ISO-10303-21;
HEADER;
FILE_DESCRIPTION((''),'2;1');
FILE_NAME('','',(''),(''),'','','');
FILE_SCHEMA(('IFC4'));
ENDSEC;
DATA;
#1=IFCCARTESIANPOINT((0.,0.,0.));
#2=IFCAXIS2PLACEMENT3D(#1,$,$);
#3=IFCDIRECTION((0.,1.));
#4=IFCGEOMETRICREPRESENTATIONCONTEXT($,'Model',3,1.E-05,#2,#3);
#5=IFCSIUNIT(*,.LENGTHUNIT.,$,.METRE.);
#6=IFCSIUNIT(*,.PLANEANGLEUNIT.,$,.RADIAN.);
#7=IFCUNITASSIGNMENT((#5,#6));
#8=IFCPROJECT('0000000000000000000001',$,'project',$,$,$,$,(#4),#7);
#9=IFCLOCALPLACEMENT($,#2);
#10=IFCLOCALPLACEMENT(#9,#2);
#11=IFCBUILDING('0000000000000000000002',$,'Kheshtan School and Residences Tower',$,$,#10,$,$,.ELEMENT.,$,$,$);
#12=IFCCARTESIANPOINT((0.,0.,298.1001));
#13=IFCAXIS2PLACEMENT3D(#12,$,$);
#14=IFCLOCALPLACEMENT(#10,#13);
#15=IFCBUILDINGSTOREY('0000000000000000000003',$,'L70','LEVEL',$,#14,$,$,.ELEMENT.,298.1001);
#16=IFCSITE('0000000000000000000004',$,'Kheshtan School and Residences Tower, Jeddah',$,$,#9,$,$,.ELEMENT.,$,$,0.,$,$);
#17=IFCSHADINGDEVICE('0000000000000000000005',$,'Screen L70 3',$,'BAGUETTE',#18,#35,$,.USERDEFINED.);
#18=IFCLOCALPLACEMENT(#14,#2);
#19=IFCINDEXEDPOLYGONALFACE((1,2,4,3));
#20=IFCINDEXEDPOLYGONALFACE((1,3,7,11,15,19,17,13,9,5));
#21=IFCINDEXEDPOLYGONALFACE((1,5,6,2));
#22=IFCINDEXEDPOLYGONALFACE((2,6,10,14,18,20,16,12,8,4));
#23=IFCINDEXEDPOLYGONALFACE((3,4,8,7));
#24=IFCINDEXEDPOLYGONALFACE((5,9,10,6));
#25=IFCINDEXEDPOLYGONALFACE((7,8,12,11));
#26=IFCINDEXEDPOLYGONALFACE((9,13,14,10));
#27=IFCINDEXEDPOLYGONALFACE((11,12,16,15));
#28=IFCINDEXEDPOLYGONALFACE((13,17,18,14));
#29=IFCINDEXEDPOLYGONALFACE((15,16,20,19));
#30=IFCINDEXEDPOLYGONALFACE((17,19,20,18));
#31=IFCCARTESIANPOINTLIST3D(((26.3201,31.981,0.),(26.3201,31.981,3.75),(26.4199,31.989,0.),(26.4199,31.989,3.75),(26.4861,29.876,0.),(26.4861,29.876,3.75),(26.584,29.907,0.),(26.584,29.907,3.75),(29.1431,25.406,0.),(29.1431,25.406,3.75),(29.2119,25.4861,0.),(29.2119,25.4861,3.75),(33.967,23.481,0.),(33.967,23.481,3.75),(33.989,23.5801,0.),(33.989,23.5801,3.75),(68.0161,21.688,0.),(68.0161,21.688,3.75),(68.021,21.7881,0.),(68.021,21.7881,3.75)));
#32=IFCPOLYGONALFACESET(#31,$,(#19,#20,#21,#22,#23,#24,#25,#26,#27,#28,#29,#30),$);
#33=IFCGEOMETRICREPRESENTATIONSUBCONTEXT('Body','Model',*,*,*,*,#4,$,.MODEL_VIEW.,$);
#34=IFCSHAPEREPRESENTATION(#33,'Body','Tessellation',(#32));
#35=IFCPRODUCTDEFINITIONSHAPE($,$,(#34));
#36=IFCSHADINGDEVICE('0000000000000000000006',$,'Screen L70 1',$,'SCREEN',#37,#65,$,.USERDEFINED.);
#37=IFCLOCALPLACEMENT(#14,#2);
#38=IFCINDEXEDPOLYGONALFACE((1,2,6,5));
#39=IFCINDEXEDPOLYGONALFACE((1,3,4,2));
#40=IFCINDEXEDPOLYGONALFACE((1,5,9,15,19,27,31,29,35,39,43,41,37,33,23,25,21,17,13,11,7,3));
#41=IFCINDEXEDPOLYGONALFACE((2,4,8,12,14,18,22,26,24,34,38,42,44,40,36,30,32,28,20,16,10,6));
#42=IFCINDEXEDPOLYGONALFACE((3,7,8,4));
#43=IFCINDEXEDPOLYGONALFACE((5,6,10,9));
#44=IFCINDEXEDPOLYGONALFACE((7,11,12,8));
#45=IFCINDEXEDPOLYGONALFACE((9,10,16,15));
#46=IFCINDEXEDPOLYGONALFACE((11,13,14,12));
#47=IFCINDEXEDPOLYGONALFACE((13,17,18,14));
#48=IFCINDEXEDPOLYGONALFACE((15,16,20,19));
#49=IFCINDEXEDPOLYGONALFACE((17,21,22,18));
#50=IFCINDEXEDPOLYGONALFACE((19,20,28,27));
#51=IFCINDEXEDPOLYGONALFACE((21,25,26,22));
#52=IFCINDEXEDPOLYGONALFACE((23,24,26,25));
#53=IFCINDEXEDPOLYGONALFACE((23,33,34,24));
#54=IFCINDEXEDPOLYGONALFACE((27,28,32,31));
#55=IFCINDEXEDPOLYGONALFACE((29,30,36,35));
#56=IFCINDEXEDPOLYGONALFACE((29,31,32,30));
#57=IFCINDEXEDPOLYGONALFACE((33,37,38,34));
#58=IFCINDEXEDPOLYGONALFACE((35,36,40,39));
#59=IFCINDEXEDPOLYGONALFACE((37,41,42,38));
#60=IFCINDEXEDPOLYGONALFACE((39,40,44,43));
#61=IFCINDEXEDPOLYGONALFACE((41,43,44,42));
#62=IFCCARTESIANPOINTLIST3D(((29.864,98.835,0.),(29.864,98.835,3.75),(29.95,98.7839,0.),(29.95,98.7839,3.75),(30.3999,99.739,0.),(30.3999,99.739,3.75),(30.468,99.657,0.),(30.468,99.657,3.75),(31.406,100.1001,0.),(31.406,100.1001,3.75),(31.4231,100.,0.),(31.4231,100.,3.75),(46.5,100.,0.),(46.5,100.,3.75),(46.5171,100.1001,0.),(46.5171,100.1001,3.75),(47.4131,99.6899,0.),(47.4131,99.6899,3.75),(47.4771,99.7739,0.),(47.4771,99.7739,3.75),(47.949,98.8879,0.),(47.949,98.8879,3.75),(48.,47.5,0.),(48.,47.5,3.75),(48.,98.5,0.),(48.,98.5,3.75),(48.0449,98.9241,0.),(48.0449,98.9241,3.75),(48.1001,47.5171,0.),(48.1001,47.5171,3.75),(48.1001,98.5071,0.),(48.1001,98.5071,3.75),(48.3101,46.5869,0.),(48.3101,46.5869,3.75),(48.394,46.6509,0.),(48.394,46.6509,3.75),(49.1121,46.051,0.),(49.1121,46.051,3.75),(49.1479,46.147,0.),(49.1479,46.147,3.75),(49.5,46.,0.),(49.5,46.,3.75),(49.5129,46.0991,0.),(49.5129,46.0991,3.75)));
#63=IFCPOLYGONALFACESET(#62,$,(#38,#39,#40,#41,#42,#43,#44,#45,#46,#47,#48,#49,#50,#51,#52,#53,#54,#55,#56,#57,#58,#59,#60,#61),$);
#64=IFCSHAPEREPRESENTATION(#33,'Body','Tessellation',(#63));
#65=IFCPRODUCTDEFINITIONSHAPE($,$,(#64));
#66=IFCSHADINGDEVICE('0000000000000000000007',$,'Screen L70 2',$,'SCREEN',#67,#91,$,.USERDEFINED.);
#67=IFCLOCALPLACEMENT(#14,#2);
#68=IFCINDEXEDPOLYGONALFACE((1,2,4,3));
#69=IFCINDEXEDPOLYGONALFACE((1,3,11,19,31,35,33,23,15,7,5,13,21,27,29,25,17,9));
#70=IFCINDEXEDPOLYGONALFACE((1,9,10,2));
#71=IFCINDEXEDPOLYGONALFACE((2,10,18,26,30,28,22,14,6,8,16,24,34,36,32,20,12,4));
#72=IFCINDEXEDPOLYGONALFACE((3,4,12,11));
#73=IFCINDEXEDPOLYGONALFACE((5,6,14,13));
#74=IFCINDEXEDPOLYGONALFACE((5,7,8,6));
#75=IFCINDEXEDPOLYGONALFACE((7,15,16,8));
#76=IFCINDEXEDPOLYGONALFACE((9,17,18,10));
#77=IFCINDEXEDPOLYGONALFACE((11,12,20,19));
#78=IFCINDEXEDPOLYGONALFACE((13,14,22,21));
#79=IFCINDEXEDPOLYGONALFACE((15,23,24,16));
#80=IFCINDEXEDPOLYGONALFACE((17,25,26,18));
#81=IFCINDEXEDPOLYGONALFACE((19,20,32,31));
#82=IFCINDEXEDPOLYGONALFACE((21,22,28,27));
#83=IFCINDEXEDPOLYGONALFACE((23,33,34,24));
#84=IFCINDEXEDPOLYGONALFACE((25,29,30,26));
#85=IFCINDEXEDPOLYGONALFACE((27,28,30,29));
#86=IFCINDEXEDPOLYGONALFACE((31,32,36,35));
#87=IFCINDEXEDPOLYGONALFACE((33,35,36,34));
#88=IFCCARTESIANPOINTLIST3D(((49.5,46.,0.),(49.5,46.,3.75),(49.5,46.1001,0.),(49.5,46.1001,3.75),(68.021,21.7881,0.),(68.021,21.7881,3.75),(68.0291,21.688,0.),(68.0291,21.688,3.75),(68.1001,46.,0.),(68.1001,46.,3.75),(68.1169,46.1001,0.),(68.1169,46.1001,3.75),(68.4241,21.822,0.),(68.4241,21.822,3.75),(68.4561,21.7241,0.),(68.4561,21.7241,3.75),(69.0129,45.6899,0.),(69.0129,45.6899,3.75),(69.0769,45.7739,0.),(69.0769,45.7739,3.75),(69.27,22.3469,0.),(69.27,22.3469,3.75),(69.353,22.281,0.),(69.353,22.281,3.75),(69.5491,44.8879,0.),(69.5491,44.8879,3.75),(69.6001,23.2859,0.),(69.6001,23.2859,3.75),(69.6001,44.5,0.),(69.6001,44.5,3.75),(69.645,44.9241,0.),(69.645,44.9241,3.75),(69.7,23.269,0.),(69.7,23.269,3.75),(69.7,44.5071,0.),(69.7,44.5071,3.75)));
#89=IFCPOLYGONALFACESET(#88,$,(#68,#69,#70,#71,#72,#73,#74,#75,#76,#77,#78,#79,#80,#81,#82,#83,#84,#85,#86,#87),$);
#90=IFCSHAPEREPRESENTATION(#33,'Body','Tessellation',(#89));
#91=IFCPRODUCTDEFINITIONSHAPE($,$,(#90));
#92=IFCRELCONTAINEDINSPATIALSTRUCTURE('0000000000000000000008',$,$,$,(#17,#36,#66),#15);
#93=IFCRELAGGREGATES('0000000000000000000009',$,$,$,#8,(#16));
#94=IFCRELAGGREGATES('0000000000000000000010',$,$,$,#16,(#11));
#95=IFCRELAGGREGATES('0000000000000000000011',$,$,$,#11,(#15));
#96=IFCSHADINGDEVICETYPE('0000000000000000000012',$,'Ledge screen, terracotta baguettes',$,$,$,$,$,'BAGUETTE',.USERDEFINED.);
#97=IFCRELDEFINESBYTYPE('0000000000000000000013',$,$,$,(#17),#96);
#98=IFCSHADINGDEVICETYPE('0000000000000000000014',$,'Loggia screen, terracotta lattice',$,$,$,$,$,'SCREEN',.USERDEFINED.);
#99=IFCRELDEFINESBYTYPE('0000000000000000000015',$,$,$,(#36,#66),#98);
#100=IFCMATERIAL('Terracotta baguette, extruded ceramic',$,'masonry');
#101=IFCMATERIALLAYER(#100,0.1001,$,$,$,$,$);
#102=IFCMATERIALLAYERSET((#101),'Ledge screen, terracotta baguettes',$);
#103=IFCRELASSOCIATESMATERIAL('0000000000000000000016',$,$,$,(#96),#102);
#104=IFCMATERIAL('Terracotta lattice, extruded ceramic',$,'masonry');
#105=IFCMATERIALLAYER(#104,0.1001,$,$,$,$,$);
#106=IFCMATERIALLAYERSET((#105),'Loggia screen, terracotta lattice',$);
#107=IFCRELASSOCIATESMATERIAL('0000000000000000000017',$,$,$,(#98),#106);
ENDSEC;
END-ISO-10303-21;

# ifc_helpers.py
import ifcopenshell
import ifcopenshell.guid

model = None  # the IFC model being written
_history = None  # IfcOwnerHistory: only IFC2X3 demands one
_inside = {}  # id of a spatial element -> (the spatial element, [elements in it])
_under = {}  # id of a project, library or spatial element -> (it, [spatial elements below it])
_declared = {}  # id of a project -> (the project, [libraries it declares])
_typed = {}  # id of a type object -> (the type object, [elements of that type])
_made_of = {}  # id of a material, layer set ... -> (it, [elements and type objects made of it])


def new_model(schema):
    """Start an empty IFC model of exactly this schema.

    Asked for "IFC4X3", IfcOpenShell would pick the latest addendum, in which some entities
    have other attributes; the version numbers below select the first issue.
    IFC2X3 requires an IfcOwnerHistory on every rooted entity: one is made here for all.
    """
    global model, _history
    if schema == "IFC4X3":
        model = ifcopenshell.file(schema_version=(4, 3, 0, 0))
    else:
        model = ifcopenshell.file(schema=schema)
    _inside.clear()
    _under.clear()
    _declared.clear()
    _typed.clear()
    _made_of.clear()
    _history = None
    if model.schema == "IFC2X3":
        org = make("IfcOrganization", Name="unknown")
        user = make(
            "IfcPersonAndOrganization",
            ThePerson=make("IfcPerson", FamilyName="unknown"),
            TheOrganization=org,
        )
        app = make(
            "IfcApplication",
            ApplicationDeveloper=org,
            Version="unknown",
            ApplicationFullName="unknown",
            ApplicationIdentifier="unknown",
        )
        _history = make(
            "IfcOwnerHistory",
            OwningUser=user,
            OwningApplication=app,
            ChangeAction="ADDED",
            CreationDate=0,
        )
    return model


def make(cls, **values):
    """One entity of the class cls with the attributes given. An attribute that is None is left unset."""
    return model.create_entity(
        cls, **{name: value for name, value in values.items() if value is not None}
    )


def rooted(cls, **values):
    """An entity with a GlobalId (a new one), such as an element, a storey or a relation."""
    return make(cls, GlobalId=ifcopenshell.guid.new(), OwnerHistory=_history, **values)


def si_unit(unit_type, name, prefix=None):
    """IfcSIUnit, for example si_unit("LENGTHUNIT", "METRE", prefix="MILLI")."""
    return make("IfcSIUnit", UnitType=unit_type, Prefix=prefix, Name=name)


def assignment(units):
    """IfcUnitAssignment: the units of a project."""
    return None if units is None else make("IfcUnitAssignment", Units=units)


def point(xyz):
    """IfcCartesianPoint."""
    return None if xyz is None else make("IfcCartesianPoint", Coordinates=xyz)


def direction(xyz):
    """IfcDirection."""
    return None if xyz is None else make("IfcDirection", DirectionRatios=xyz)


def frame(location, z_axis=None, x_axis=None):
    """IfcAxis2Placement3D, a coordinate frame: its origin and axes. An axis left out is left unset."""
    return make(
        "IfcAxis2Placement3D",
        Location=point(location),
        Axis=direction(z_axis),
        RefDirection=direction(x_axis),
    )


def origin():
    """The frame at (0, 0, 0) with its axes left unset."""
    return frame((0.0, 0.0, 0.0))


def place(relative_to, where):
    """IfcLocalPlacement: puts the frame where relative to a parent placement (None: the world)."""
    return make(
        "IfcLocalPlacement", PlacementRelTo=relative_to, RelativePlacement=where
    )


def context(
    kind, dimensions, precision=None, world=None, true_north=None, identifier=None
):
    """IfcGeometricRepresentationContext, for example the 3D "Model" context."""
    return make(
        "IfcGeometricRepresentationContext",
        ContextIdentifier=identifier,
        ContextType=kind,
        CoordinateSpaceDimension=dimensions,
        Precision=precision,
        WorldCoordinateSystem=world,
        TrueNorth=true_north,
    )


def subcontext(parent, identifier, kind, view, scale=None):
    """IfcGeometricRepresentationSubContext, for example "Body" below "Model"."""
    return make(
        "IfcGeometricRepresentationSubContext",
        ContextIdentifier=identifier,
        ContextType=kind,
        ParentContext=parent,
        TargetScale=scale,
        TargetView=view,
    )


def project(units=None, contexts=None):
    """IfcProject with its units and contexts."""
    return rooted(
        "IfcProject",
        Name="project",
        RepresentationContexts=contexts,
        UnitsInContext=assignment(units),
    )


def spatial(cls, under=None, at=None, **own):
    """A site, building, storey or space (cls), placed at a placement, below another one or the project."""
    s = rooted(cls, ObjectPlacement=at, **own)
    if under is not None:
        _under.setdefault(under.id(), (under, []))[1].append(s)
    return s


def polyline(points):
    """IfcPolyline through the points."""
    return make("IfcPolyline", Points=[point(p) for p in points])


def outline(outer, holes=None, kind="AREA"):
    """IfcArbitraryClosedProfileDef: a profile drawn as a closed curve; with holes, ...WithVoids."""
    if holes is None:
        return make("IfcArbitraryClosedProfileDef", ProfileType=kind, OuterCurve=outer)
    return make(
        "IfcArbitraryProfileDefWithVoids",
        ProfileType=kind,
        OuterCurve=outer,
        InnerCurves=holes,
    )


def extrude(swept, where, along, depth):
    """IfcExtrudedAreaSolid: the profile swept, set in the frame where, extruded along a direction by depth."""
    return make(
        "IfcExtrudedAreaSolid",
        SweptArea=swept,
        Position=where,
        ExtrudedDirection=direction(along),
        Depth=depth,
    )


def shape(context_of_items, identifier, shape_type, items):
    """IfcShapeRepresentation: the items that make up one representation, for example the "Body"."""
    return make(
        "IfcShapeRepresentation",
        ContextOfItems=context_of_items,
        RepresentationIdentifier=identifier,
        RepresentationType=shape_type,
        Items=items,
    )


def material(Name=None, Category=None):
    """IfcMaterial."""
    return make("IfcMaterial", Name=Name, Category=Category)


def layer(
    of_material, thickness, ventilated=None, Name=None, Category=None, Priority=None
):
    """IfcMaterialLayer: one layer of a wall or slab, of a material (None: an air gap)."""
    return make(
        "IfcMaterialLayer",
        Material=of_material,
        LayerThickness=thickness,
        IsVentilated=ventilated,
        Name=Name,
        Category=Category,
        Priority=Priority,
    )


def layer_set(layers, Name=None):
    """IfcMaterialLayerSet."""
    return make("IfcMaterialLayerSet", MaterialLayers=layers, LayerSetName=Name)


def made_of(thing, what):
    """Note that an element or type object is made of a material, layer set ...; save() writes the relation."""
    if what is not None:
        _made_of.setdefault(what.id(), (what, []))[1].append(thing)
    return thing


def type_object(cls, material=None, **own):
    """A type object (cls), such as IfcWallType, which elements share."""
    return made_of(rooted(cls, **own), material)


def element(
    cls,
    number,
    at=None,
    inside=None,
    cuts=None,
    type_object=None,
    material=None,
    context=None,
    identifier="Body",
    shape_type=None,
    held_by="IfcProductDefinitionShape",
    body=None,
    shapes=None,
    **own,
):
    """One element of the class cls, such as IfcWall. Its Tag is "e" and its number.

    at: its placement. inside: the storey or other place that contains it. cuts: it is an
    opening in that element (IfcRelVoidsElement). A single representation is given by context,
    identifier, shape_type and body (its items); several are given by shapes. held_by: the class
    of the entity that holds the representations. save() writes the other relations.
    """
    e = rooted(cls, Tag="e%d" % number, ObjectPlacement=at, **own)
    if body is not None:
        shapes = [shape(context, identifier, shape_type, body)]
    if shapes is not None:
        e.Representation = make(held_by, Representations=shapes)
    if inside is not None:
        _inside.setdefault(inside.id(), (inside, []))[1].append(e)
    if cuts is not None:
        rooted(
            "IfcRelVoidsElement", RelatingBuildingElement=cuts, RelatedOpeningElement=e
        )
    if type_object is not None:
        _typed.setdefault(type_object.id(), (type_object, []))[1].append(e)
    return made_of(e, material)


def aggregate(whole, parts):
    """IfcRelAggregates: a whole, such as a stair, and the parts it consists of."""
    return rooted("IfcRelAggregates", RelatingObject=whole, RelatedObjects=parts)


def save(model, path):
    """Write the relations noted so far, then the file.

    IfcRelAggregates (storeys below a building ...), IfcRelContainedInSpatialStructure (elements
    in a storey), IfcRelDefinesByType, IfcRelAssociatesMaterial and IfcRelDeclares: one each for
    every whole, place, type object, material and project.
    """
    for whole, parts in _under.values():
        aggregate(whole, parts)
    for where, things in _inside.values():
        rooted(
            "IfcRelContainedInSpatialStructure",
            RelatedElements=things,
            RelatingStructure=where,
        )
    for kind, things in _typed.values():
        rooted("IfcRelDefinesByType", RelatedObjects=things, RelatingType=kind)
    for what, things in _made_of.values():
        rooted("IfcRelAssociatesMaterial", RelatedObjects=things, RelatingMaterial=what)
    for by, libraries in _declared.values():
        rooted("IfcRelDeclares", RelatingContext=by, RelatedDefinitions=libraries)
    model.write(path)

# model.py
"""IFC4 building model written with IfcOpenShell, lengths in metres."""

from ifc_helpers import new_model, si_unit, direction, frame, origin, place, context, subcontext, project, spatial, polyline, outline, extrude, material, layer, layer_set, type_object, element, save


model = new_model("IFC4")

# Units and contexts
model_context = context("Model", 3, precision=1e-05, world=origin(), true_north=direction((0.0, 1.0)))
body_context = subcontext(model_context, "Body", "Model", "MODEL_VIEW")
ifc_project = project(units=[si_unit("LENGTHUNIT", "METRE"), si_unit("PLANEANGLEUNIT", "RADIAN")], contexts=[model_context])

# Site, building, storey
site_placement = place(None, origin())
site = spatial("IfcSite", under=ifc_project, at=site_placement, Name="Kheshtan School and Residences Tower, Jeddah", CompositionType="ELEMENT", RefElevation=0.0)
building_placement = place(site_placement, origin())
building = spatial("IfcBuilding", under=site, at=building_placement, Name="Kheshtan School and Residences Tower", CompositionType="ELEMENT")
storey_placement = place(building_placement, frame((0.0, 0.0, 298.1001)))
storey = spatial("IfcBuildingStorey", under=building, at=storey_placement, Name="L70", Description="LEVEL", CompositionType="ELEMENT", Elevation=298.1001)

# Shading devices
ifc_material_1 = material(Name="Terracotta baguette, extruded ceramic", Category="masonry")
ifc_layer_1 = layer(ifc_material_1, 0.1001)
ifc_layer_set_1 = layer_set([ifc_layer_1], Name="Ledge screen, terracotta baguettes")
shading_device_type_1 = type_object("IfcShadingDeviceType", Name="Ledge screen, terracotta baguettes", ElementType="BAGUETTE", PredefinedType="USERDEFINED", material=ifc_layer_set_1)
shading_device_1_placement = place(storey_placement, origin())
element("IfcShadingDevice", 1, at=shading_device_1_placement, inside=storey, type_object=shading_device_type_1, Name="Screen L70 3", ObjectType="BAGUETTE", PredefinedType="USERDEFINED", context=body_context, shape_type="SweptSolid", body=[
    extrude(outline(polyline([(68.021, 21.7881), (33.989, 23.5801), (29.2119, 25.4861), (26.584, 29.907), (26.4199, 31.989), (26.3201, 31.981), (26.4861, 29.876), (29.1431, 25.406), (33.967, 23.481), (68.0161, 21.688), (68.021, 21.7881)])), origin(), (0.0, 0.0, 1.0), 3.75),
])
ifc_material_2 = material(Name="Terracotta lattice, extruded ceramic", Category="masonry")
ifc_layer_2 = layer(ifc_material_2, 0.1001)
ifc_layer_set_2 = layer_set([ifc_layer_2], Name="Loggia screen, terracotta lattice")
shading_device_type_2 = type_object("IfcShadingDeviceType", Name="Loggia screen, terracotta lattice", ElementType="SCREEN", PredefinedType="USERDEFINED", material=ifc_layer_set_2)
shading_device_2_placement = place(storey_placement, origin())
element("IfcShadingDevice", 2, at=shading_device_2_placement, inside=storey, type_object=shading_device_type_2, Name="Screen L70 1", ObjectType="SCREEN", PredefinedType="USERDEFINED", context=body_context, shape_type="SweptSolid", body=[
    extrude(outline(polyline([(29.95, 98.7839), (30.468, 99.657), (31.4231, 100.0), (46.5, 100.0), (47.4131, 99.6899), (47.949, 98.8879), (48.0, 98.5), (48.0, 47.5), (48.3101, 46.5869), (49.1121, 46.051), (49.5, 46.0), (49.5129, 46.0991), (49.1479, 46.147), (48.394, 46.6509), (48.1001, 47.5171), (48.1001, 98.5071), (48.0449, 98.9241), (47.4771, 99.7739), (46.5171, 100.1001), (31.406, 100.1001), (30.3999, 99.739), (29.864, 98.835), (29.95, 98.7839)])), origin(), (0.0, 0.0, 1.0), 3.75),
])
shading_device_3_placement = place(storey_placement, origin())
element("IfcShadingDevice", 3, at=shading_device_3_placement, inside=storey, type_object=shading_device_type_2, Name="Screen L70 2", ObjectType="SCREEN", PredefinedType="USERDEFINED", context=body_context, shape_type="SweptSolid", body=[
    extrude(outline(polyline([(49.5, 46.0), (68.1001, 46.0), (69.0129, 45.6899), (69.5491, 44.8879), (69.6001, 44.5), (69.6001, 23.2859), (69.27, 22.3469), (68.4241, 21.822), (68.021, 21.7881), (68.0291, 21.688), (68.4561, 21.7241), (69.353, 22.281), (69.7, 23.269), (69.7, 44.5071), (69.645, 44.9241), (69.0769, 45.7739), (68.1169, 46.1001), (49.5, 46.1001), (49.5, 46.0)])), origin(), (0.0, 0.0, 1.0), 3.75),
])

save(model, "model.ifc")
